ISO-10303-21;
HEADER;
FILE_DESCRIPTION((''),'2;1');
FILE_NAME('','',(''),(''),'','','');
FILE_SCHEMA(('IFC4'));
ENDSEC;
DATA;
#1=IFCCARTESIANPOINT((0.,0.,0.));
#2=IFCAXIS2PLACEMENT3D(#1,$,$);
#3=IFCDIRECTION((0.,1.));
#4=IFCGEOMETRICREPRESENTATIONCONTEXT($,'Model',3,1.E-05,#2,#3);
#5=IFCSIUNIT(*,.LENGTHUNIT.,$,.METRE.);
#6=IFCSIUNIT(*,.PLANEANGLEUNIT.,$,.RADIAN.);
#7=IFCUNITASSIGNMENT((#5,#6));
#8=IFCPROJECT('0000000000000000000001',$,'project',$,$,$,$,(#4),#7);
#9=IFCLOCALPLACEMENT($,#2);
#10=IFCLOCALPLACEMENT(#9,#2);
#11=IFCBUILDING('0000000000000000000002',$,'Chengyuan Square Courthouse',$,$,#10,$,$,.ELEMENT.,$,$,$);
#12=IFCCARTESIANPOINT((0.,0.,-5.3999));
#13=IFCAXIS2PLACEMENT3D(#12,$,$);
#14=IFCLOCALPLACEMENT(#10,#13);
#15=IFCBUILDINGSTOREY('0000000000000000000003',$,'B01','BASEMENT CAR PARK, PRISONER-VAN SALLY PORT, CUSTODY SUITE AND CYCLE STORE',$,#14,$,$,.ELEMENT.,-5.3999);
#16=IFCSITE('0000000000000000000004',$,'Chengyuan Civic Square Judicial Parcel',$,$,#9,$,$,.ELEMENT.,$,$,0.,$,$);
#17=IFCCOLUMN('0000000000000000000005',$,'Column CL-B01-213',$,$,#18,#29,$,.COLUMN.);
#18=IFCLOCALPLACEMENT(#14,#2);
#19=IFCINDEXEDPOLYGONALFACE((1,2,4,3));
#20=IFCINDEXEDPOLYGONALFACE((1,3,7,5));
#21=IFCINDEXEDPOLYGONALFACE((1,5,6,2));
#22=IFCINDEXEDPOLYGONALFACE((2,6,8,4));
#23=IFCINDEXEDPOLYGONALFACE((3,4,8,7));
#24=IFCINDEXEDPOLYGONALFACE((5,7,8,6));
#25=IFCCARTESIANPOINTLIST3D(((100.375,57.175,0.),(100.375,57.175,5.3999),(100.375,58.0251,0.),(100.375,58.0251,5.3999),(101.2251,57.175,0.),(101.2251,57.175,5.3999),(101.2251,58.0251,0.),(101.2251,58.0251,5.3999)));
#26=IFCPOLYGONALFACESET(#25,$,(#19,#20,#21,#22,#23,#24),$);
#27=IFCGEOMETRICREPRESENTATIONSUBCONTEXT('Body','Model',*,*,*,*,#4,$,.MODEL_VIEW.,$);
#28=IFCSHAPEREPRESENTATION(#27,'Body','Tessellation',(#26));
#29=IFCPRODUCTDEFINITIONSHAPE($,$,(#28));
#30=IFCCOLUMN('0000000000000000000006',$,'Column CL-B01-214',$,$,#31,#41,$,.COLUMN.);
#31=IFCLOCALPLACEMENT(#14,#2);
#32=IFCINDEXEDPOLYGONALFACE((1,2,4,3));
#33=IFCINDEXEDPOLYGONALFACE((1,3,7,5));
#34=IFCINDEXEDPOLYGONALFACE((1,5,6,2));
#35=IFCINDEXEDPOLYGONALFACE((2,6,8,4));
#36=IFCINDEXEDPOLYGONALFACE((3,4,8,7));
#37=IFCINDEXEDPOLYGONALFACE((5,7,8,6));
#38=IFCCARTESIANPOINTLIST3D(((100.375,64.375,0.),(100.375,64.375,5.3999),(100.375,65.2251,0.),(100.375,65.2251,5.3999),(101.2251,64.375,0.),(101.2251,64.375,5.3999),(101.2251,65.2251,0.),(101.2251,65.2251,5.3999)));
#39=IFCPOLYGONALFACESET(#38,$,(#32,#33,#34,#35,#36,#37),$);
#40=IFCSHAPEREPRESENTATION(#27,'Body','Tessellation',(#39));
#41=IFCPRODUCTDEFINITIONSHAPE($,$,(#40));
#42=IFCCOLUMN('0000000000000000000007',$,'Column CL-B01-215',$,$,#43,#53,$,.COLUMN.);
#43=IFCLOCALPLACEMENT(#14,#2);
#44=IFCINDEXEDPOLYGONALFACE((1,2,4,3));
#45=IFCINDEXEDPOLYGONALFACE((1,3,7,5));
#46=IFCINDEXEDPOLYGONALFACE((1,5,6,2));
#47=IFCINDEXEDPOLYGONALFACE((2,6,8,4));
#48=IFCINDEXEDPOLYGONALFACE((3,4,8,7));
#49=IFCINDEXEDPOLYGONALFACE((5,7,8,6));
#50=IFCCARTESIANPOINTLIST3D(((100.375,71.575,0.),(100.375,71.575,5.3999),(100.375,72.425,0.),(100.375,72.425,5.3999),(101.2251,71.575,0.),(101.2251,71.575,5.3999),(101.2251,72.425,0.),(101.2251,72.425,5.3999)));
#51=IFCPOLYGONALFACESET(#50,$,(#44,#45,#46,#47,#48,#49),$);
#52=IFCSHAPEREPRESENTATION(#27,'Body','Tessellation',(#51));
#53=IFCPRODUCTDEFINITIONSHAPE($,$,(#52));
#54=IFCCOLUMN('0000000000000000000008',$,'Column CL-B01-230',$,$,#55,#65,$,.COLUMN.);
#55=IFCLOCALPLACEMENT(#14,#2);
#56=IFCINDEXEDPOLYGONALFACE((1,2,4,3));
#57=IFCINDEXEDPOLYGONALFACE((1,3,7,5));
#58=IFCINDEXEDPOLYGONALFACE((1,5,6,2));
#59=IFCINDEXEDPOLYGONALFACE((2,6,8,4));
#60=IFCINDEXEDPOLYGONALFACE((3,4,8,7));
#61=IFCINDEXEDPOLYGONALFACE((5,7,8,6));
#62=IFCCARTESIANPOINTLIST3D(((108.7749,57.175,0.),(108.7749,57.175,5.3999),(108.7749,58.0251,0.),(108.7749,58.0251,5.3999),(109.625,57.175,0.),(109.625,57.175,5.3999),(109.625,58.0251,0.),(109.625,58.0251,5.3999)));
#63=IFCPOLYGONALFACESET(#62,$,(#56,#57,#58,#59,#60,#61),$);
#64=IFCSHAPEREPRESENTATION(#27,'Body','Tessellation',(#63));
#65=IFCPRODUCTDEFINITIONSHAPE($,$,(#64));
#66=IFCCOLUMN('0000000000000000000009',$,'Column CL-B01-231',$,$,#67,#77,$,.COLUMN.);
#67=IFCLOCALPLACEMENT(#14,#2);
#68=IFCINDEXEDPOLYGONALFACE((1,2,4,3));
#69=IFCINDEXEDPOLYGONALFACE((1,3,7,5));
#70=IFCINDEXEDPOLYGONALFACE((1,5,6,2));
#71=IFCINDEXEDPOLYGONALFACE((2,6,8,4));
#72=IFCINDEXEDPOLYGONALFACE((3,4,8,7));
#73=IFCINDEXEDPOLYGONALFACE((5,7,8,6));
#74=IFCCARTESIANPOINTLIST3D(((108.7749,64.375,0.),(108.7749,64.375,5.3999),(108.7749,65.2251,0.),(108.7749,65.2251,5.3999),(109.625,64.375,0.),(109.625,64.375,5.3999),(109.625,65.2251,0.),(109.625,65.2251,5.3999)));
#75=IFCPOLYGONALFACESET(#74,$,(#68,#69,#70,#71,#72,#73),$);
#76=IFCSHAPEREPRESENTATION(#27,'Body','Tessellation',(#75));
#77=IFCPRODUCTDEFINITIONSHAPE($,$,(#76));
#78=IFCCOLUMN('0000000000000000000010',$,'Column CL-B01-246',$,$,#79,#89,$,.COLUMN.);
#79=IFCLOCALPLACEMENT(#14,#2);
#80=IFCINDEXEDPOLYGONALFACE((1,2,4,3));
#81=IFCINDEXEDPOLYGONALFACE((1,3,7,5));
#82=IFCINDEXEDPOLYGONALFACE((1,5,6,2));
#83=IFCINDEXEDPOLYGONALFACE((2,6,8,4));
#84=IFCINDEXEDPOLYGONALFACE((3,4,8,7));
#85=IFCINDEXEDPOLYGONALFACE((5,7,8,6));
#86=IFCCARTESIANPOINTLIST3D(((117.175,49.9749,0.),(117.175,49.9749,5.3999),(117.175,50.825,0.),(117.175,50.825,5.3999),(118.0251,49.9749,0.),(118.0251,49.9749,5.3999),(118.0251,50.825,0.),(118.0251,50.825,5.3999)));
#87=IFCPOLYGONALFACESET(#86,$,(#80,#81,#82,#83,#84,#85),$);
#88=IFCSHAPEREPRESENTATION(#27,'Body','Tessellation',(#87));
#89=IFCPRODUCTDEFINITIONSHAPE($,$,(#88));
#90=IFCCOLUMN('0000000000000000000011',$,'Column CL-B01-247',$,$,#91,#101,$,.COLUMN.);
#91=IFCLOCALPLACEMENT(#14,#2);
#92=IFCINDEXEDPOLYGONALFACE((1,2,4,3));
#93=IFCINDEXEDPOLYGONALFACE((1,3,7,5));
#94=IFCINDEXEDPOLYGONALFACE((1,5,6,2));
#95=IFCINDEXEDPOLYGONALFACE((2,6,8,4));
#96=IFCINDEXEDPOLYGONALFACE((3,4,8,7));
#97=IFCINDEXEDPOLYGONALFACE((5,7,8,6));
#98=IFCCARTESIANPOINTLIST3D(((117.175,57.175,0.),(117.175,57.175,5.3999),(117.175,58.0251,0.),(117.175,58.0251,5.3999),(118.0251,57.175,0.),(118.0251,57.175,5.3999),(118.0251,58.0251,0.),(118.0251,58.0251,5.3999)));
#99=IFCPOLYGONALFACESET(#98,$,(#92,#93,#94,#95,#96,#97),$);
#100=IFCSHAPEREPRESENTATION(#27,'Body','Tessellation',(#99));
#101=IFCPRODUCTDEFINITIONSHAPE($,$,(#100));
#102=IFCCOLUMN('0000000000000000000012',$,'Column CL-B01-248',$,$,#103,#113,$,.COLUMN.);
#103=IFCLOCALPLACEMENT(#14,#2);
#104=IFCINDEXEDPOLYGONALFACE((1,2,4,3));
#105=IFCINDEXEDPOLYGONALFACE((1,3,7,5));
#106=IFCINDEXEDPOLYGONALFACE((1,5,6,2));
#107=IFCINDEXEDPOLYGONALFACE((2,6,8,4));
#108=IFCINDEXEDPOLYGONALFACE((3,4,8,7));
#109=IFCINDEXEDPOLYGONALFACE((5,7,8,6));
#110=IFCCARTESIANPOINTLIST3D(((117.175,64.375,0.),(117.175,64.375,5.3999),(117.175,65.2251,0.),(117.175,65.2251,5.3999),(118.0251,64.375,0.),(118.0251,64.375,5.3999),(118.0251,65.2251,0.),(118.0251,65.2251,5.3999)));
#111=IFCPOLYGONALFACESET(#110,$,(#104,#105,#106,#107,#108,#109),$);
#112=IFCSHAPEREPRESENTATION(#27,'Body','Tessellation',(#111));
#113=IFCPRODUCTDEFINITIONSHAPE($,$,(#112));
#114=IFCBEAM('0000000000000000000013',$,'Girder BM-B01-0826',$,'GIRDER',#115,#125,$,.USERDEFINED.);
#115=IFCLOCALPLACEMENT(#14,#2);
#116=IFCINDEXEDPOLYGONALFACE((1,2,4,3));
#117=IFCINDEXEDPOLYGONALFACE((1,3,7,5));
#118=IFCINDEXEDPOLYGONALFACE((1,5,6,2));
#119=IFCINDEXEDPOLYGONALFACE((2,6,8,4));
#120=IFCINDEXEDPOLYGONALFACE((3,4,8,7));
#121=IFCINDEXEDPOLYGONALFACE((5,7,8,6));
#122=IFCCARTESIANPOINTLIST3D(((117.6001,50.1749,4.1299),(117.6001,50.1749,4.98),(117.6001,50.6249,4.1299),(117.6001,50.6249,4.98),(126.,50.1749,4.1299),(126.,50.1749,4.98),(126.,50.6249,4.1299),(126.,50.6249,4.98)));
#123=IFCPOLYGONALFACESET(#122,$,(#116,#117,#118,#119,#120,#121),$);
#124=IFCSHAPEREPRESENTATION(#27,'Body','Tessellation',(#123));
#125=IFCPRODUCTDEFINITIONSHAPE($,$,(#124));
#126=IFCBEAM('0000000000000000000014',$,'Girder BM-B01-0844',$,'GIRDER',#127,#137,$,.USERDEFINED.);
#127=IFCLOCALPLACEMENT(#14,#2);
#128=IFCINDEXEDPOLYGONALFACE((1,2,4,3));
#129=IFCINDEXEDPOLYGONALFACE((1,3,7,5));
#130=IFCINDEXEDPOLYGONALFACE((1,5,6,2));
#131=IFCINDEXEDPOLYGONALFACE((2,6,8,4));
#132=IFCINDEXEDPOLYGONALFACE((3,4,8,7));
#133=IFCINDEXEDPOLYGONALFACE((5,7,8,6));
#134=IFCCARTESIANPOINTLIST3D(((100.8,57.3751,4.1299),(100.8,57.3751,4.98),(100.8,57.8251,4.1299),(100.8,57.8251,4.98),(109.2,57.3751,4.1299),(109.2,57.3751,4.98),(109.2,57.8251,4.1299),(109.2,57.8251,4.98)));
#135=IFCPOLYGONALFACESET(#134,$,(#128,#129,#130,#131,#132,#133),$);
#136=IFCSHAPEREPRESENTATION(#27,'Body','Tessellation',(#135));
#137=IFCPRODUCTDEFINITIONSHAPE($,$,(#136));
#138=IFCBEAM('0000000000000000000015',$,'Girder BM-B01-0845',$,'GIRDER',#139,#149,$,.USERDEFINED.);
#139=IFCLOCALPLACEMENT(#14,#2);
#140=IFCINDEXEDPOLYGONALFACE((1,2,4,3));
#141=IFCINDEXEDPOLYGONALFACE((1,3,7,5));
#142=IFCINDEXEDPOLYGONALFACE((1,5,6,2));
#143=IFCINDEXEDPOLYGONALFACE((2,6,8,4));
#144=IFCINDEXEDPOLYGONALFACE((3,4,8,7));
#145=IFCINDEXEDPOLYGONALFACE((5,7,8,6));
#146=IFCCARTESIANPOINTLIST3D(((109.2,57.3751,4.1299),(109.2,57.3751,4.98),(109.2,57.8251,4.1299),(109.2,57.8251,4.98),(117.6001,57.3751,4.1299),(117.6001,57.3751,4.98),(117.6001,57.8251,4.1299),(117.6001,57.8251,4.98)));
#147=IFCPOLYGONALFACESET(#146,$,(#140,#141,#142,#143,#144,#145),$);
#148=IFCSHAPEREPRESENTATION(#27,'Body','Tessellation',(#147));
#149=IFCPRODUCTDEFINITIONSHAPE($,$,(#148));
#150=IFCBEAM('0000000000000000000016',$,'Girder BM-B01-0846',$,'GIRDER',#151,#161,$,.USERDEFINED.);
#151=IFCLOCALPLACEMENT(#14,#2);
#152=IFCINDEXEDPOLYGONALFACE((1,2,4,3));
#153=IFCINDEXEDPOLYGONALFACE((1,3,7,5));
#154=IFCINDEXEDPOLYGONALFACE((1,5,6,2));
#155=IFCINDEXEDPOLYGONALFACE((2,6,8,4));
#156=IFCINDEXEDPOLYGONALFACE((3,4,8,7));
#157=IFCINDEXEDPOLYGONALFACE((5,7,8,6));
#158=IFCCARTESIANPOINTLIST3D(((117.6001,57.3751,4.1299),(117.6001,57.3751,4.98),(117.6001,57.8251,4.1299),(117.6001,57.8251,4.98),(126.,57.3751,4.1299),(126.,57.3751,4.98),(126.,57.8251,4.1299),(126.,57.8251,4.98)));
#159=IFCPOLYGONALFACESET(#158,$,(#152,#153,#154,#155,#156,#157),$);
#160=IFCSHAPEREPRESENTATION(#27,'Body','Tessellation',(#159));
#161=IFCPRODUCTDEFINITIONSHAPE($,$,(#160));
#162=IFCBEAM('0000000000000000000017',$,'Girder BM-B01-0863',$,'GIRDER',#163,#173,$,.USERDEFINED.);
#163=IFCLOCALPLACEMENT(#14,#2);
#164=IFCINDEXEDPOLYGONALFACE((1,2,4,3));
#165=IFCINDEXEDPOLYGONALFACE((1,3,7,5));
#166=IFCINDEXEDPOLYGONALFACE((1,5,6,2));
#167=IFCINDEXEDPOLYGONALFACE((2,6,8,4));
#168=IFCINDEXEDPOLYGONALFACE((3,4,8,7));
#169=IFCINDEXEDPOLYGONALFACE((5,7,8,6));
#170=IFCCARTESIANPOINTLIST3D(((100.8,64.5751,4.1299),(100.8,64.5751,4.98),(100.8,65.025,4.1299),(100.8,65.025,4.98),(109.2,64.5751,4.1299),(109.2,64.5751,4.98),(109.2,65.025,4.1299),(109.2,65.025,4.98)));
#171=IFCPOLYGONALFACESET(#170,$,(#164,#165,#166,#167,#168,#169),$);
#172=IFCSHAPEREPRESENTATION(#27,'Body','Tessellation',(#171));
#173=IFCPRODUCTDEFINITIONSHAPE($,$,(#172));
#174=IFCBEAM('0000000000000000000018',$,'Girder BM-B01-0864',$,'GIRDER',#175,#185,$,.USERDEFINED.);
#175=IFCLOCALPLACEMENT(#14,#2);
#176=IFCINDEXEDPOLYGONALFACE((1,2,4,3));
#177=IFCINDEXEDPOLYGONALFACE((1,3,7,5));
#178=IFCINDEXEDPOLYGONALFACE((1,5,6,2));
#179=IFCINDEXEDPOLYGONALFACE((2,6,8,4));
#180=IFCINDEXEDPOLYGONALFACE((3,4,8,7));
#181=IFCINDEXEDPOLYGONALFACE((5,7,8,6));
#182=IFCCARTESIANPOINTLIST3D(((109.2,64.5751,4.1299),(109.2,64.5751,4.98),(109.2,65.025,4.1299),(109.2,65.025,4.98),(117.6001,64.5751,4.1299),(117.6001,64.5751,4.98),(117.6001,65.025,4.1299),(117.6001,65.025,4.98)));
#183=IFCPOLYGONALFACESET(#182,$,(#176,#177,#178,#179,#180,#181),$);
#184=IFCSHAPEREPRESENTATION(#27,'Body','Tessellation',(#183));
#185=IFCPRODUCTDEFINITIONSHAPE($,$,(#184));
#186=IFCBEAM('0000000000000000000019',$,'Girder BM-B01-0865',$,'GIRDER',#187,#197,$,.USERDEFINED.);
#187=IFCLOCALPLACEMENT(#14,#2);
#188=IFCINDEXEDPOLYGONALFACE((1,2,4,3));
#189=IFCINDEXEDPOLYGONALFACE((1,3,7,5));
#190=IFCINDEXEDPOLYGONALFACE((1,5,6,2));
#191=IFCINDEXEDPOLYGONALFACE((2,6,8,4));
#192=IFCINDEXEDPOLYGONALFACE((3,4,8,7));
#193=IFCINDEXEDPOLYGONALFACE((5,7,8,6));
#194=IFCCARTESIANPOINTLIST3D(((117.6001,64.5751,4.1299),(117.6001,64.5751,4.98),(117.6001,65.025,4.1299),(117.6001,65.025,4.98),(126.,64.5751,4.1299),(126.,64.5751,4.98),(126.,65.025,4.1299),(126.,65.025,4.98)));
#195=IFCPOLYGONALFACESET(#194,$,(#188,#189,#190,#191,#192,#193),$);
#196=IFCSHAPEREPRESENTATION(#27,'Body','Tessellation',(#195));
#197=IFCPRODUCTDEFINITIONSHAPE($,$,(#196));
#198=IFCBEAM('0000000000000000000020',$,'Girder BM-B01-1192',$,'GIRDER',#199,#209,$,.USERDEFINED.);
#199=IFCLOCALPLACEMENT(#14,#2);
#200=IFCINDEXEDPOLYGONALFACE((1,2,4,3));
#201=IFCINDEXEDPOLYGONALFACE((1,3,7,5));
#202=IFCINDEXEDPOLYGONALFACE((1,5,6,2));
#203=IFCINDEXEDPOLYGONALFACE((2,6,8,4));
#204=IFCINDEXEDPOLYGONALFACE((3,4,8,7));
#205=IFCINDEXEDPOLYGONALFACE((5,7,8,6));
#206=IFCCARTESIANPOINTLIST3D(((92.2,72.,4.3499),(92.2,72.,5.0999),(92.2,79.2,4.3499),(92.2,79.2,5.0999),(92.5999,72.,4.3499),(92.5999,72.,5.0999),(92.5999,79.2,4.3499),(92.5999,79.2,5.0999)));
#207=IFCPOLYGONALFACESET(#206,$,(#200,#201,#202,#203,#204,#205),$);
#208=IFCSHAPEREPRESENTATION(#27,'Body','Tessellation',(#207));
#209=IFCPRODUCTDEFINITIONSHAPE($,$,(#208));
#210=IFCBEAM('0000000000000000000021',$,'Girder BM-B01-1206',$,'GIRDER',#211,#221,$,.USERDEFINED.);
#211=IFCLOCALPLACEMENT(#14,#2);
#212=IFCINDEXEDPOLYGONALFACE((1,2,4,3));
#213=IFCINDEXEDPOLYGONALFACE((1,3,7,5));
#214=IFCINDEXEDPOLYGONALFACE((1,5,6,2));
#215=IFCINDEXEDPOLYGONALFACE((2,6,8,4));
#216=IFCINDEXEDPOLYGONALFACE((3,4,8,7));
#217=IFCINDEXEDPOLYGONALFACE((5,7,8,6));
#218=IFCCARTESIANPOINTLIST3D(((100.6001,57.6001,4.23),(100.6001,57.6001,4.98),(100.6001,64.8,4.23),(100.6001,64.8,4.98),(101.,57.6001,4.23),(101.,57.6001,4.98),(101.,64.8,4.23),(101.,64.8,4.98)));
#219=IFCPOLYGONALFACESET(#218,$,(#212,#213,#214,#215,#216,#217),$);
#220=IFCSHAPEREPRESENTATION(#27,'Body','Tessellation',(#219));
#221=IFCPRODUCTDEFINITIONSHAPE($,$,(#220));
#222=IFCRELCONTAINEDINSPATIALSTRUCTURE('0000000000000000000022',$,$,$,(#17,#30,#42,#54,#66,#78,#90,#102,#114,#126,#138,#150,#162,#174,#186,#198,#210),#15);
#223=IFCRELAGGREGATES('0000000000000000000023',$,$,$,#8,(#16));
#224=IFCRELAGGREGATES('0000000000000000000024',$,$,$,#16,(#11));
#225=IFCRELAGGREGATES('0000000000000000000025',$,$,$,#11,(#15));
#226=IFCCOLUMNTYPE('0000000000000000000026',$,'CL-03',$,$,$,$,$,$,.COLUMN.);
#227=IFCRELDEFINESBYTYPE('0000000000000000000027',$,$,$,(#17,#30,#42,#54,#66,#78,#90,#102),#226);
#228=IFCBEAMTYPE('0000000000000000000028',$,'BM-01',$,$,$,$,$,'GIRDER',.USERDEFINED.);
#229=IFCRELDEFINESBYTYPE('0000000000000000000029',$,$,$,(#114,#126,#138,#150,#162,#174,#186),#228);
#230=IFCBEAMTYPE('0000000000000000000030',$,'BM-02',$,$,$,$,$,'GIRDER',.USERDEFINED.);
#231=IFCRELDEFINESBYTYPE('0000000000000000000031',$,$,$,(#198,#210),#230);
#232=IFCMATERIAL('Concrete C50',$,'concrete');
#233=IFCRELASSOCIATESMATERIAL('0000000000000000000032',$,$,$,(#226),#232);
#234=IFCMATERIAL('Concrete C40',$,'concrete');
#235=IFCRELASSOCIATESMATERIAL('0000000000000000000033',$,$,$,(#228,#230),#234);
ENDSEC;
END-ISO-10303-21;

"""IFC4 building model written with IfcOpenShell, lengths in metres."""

from ifc_helpers import new_model, si_unit, direction, frame, origin, origin_2d, place, context, subcontext, project, spatial, rectangle, extrude, material, material_profile, profile_set, type_object, element, save


model = new_model("IFC4")

# Units and contexts
model_context = context("Model", 3, precision=1e-05, world=origin(), true_north=direction((0.0, 1.0)))
body_context = subcontext(model_context, "Body", "Model", "MODEL_VIEW")
ifc_project = project(units=[si_unit("LENGTHUNIT", "METRE"), si_unit("PLANEANGLEUNIT", "RADIAN")], contexts=[model_context])

# Site, building, storey
site_placement = place(None, origin())
site = spatial("IfcSite", under=ifc_project, at=site_placement, Name="Chengyuan Civic Square Judicial Parcel", CompositionType="ELEMENT", RefElevation=0.0)
building_placement = place(site_placement, origin())
building = spatial("IfcBuilding", under=site, at=building_placement, Name="Chengyuan Square Courthouse", CompositionType="ELEMENT")
storey_placement = place(building_placement, frame((0.0, 0.0, -5.3999)))
storey = spatial("IfcBuildingStorey", under=building, at=storey_placement, Name="B01", Description="BASEMENT CAR PARK, PRISONER-VAN SALLY PORT, CUSTODY SUITE AND CYCLE STORE", CompositionType="ELEMENT", Elevation=-5.3999)

# Columns
ifc_material_1 = material(Name="Concrete C50", Category="concrete")
ifc_material_profile_1 = material_profile(ifc_material_1, rectangle(XDim=0.8501, YDim=0.8501, at=origin_2d()), Name="RC-COL-850x850")
ifc_profile_set_1 = profile_set([ifc_material_profile_1], Name="Concrete C50")
column_type = type_object("IfcColumnType", Name="CL-03", PredefinedType="COLUMN", material=ifc_profile_set_1)
for number, where, z_axis, x_axis, name in (
    (1, (100.8, 57.6001, 0.0), (0.0, 0.0, 1.0), (1.0, 0.0, 0.0), "Column CL-B01-213"),
    (2, (100.8, 64.8, 0.0), (0.0, 0.0, 1.0), (1.0, 0.0, 0.0), "Column CL-B01-214"),
    (3, (100.8, 72.0, 0.0), (0.0, 0.0, 1.0), (1.0, 0.0, 0.0), "Column CL-B01-215"),
    (4, (109.2, 57.6001, 0.0), (0.0, 0.0, 1.0), (1.0, 0.0, 0.0), "Column CL-B01-230"),
    (5, (109.2, 64.8, 0.0), (0.0, 0.0, 1.0), (1.0, 0.0, 0.0), "Column CL-B01-231"),
    (6, (117.6001, 50.3999, 0.0), (0.0, 0.0, 1.0), (1.0, 0.0, 0.0), "Column CL-B01-246"),
    (7, (117.6001, 57.6001, 0.0), (0.0, 0.0, 1.0), (1.0, 0.0, 0.0), "Column CL-B01-247"),
    (8, (117.6001, 64.8, 0.0), (0.0, 0.0, 1.0), (1.0, 0.0, 0.0), "Column CL-B01-248"),
):
    element("IfcColumn", number, at=place(storey_placement, frame(where, z_axis=z_axis, x_axis=x_axis)), inside=storey, type_object=column_type, Name=name, PredefinedType="COLUMN", context=body_context, shape_type="SweptSolid", body=[
        extrude(rectangle(XDim=0.8501, YDim=0.8501, at=origin_2d()), origin(), (0.0, 0.0, 1.0), 5.3999),
    ])

# Beams
ifc_material_2 = material(Name="Concrete C40", Category="concrete")
ifc_material_profile_2 = material_profile(ifc_material_2, rectangle(XDim=0.45, YDim=0.8501, at=origin_2d()), Name="RC-BM-450x850")
ifc_profile_set_2 = profile_set([ifc_material_profile_2], Name="Concrete C40")
beam_type_1 = type_object("IfcBeamType", Name="BM-01", ElementType="GIRDER", PredefinedType="USERDEFINED", material=ifc_profile_set_2)
for number, where, z_axis, x_axis, name in (
    (9, (117.6001, 50.3999, 4.5549), (1.0, 0.0, 0.0), (0.0, 1.0, 0.0), "Girder BM-B01-0826"),
    (10, (100.8, 57.6001, 4.5549), (1.0, 0.0, 0.0), (0.0, 1.0, 0.0), "Girder BM-B01-0844"),
):
    element("IfcBeam", number, at=place(storey_placement, frame(where, z_axis=z_axis, x_axis=x_axis)), inside=storey, type_object=beam_type_1, Name=name, ObjectType="GIRDER", PredefinedType="USERDEFINED", context=body_context, shape_type="SweptSolid", body=[
        extrude(rectangle(XDim=0.45, YDim=0.8501, at=origin_2d()), origin(), (0.0, 0.0, 1.0), 8.3999),
    ])
beam_1_placement = place(storey_placement, frame((109.2, 57.6001, 4.5549), z_axis=(1.0, 0.0, 0.0), x_axis=(0.0, 1.0, 0.0)))
element("IfcBeam", 11, at=beam_1_placement, inside=storey, type_object=beam_type_1, Name="Girder BM-B01-0845", ObjectType="GIRDER", PredefinedType="USERDEFINED", context=body_context, shape_type="SweptSolid", body=[
    extrude(rectangle(XDim=0.45, YDim=0.8501, at=origin_2d()), origin(), (0.0, 0.0, 1.0), 8.4001),
])
for number, where, z_axis, x_axis, name in (
    (12, (117.6001, 57.6001, 4.5549), (1.0, 0.0, 0.0), (0.0, 1.0, 0.0), "Girder BM-B01-0846"),
    (13, (100.8, 64.8, 4.5549), (1.0, 0.0, 0.0), (0.0, 1.0, 0.0), "Girder BM-B01-0863"),
):
    element("IfcBeam", number, at=place(storey_placement, frame(where, z_axis=z_axis, x_axis=x_axis)), inside=storey, type_object=beam_type_1, Name=name, ObjectType="GIRDER", PredefinedType="USERDEFINED", context=body_context, shape_type="SweptSolid", body=[
        extrude(rectangle(XDim=0.45, YDim=0.8501, at=origin_2d()), origin(), (0.0, 0.0, 1.0), 8.3999),
    ])
beam_2_placement = place(storey_placement, frame((109.2, 64.8, 4.5549), z_axis=(1.0, 0.0, 0.0), x_axis=(0.0, 1.0, 0.0)))
element("IfcBeam", 14, at=beam_2_placement, inside=storey, type_object=beam_type_1, Name="Girder BM-B01-0864", ObjectType="GIRDER", PredefinedType="USERDEFINED", context=body_context, shape_type="SweptSolid", body=[
    extrude(rectangle(XDim=0.45, YDim=0.8501, at=origin_2d()), origin(), (0.0, 0.0, 1.0), 8.4001),
])
beam_3_placement = place(storey_placement, frame((117.6001, 64.8, 4.5549), z_axis=(1.0, 0.0, 0.0), x_axis=(0.0, 1.0, 0.0)))
element("IfcBeam", 15, at=beam_3_placement, inside=storey, type_object=beam_type_1, Name="Girder BM-B01-0865", ObjectType="GIRDER", PredefinedType="USERDEFINED", context=body_context, shape_type="SweptSolid", body=[
    extrude(rectangle(XDim=0.45, YDim=0.8501, at=origin_2d()), origin(), (0.0, 0.0, 1.0), 8.3999),
])
ifc_material_profile_3 = material_profile(ifc_material_2, rectangle(XDim=0.3999, YDim=0.75, at=origin_2d()), Name="RC-BM-400x750")
ifc_profile_set_3 = profile_set([ifc_material_profile_3], Name="Concrete C40")
beam_type_2 = type_object("IfcBeamType", Name="BM-02", ElementType="GIRDER", PredefinedType="USERDEFINED", material=ifc_profile_set_3)
for number, where, z_axis, x_axis, name in (
    (16, (92.3999, 72.0, 4.7249), (0.0, 1.0, 0.0), (-1.0, 0.0, 0.0), "Girder BM-B01-1192"),
    (17, (100.8, 57.6001, 4.605), (0.0, 1.0, 0.0), (-1.0, 0.0, 0.0), "Girder BM-B01-1206"),
):
    element("IfcBeam", number, at=place(storey_placement, frame(where, z_axis=z_axis, x_axis=x_axis)), inside=storey, type_object=beam_type_2, Name=name, ObjectType="GIRDER", PredefinedType="USERDEFINED", context=body_context, shape_type="SweptSolid", body=[
        extrude(rectangle(XDim=0.3999, YDim=0.75, at=origin_2d()), origin(), (0.0, 0.0, 1.0), 7.2),
    ])

save(model, "model.ifc")
